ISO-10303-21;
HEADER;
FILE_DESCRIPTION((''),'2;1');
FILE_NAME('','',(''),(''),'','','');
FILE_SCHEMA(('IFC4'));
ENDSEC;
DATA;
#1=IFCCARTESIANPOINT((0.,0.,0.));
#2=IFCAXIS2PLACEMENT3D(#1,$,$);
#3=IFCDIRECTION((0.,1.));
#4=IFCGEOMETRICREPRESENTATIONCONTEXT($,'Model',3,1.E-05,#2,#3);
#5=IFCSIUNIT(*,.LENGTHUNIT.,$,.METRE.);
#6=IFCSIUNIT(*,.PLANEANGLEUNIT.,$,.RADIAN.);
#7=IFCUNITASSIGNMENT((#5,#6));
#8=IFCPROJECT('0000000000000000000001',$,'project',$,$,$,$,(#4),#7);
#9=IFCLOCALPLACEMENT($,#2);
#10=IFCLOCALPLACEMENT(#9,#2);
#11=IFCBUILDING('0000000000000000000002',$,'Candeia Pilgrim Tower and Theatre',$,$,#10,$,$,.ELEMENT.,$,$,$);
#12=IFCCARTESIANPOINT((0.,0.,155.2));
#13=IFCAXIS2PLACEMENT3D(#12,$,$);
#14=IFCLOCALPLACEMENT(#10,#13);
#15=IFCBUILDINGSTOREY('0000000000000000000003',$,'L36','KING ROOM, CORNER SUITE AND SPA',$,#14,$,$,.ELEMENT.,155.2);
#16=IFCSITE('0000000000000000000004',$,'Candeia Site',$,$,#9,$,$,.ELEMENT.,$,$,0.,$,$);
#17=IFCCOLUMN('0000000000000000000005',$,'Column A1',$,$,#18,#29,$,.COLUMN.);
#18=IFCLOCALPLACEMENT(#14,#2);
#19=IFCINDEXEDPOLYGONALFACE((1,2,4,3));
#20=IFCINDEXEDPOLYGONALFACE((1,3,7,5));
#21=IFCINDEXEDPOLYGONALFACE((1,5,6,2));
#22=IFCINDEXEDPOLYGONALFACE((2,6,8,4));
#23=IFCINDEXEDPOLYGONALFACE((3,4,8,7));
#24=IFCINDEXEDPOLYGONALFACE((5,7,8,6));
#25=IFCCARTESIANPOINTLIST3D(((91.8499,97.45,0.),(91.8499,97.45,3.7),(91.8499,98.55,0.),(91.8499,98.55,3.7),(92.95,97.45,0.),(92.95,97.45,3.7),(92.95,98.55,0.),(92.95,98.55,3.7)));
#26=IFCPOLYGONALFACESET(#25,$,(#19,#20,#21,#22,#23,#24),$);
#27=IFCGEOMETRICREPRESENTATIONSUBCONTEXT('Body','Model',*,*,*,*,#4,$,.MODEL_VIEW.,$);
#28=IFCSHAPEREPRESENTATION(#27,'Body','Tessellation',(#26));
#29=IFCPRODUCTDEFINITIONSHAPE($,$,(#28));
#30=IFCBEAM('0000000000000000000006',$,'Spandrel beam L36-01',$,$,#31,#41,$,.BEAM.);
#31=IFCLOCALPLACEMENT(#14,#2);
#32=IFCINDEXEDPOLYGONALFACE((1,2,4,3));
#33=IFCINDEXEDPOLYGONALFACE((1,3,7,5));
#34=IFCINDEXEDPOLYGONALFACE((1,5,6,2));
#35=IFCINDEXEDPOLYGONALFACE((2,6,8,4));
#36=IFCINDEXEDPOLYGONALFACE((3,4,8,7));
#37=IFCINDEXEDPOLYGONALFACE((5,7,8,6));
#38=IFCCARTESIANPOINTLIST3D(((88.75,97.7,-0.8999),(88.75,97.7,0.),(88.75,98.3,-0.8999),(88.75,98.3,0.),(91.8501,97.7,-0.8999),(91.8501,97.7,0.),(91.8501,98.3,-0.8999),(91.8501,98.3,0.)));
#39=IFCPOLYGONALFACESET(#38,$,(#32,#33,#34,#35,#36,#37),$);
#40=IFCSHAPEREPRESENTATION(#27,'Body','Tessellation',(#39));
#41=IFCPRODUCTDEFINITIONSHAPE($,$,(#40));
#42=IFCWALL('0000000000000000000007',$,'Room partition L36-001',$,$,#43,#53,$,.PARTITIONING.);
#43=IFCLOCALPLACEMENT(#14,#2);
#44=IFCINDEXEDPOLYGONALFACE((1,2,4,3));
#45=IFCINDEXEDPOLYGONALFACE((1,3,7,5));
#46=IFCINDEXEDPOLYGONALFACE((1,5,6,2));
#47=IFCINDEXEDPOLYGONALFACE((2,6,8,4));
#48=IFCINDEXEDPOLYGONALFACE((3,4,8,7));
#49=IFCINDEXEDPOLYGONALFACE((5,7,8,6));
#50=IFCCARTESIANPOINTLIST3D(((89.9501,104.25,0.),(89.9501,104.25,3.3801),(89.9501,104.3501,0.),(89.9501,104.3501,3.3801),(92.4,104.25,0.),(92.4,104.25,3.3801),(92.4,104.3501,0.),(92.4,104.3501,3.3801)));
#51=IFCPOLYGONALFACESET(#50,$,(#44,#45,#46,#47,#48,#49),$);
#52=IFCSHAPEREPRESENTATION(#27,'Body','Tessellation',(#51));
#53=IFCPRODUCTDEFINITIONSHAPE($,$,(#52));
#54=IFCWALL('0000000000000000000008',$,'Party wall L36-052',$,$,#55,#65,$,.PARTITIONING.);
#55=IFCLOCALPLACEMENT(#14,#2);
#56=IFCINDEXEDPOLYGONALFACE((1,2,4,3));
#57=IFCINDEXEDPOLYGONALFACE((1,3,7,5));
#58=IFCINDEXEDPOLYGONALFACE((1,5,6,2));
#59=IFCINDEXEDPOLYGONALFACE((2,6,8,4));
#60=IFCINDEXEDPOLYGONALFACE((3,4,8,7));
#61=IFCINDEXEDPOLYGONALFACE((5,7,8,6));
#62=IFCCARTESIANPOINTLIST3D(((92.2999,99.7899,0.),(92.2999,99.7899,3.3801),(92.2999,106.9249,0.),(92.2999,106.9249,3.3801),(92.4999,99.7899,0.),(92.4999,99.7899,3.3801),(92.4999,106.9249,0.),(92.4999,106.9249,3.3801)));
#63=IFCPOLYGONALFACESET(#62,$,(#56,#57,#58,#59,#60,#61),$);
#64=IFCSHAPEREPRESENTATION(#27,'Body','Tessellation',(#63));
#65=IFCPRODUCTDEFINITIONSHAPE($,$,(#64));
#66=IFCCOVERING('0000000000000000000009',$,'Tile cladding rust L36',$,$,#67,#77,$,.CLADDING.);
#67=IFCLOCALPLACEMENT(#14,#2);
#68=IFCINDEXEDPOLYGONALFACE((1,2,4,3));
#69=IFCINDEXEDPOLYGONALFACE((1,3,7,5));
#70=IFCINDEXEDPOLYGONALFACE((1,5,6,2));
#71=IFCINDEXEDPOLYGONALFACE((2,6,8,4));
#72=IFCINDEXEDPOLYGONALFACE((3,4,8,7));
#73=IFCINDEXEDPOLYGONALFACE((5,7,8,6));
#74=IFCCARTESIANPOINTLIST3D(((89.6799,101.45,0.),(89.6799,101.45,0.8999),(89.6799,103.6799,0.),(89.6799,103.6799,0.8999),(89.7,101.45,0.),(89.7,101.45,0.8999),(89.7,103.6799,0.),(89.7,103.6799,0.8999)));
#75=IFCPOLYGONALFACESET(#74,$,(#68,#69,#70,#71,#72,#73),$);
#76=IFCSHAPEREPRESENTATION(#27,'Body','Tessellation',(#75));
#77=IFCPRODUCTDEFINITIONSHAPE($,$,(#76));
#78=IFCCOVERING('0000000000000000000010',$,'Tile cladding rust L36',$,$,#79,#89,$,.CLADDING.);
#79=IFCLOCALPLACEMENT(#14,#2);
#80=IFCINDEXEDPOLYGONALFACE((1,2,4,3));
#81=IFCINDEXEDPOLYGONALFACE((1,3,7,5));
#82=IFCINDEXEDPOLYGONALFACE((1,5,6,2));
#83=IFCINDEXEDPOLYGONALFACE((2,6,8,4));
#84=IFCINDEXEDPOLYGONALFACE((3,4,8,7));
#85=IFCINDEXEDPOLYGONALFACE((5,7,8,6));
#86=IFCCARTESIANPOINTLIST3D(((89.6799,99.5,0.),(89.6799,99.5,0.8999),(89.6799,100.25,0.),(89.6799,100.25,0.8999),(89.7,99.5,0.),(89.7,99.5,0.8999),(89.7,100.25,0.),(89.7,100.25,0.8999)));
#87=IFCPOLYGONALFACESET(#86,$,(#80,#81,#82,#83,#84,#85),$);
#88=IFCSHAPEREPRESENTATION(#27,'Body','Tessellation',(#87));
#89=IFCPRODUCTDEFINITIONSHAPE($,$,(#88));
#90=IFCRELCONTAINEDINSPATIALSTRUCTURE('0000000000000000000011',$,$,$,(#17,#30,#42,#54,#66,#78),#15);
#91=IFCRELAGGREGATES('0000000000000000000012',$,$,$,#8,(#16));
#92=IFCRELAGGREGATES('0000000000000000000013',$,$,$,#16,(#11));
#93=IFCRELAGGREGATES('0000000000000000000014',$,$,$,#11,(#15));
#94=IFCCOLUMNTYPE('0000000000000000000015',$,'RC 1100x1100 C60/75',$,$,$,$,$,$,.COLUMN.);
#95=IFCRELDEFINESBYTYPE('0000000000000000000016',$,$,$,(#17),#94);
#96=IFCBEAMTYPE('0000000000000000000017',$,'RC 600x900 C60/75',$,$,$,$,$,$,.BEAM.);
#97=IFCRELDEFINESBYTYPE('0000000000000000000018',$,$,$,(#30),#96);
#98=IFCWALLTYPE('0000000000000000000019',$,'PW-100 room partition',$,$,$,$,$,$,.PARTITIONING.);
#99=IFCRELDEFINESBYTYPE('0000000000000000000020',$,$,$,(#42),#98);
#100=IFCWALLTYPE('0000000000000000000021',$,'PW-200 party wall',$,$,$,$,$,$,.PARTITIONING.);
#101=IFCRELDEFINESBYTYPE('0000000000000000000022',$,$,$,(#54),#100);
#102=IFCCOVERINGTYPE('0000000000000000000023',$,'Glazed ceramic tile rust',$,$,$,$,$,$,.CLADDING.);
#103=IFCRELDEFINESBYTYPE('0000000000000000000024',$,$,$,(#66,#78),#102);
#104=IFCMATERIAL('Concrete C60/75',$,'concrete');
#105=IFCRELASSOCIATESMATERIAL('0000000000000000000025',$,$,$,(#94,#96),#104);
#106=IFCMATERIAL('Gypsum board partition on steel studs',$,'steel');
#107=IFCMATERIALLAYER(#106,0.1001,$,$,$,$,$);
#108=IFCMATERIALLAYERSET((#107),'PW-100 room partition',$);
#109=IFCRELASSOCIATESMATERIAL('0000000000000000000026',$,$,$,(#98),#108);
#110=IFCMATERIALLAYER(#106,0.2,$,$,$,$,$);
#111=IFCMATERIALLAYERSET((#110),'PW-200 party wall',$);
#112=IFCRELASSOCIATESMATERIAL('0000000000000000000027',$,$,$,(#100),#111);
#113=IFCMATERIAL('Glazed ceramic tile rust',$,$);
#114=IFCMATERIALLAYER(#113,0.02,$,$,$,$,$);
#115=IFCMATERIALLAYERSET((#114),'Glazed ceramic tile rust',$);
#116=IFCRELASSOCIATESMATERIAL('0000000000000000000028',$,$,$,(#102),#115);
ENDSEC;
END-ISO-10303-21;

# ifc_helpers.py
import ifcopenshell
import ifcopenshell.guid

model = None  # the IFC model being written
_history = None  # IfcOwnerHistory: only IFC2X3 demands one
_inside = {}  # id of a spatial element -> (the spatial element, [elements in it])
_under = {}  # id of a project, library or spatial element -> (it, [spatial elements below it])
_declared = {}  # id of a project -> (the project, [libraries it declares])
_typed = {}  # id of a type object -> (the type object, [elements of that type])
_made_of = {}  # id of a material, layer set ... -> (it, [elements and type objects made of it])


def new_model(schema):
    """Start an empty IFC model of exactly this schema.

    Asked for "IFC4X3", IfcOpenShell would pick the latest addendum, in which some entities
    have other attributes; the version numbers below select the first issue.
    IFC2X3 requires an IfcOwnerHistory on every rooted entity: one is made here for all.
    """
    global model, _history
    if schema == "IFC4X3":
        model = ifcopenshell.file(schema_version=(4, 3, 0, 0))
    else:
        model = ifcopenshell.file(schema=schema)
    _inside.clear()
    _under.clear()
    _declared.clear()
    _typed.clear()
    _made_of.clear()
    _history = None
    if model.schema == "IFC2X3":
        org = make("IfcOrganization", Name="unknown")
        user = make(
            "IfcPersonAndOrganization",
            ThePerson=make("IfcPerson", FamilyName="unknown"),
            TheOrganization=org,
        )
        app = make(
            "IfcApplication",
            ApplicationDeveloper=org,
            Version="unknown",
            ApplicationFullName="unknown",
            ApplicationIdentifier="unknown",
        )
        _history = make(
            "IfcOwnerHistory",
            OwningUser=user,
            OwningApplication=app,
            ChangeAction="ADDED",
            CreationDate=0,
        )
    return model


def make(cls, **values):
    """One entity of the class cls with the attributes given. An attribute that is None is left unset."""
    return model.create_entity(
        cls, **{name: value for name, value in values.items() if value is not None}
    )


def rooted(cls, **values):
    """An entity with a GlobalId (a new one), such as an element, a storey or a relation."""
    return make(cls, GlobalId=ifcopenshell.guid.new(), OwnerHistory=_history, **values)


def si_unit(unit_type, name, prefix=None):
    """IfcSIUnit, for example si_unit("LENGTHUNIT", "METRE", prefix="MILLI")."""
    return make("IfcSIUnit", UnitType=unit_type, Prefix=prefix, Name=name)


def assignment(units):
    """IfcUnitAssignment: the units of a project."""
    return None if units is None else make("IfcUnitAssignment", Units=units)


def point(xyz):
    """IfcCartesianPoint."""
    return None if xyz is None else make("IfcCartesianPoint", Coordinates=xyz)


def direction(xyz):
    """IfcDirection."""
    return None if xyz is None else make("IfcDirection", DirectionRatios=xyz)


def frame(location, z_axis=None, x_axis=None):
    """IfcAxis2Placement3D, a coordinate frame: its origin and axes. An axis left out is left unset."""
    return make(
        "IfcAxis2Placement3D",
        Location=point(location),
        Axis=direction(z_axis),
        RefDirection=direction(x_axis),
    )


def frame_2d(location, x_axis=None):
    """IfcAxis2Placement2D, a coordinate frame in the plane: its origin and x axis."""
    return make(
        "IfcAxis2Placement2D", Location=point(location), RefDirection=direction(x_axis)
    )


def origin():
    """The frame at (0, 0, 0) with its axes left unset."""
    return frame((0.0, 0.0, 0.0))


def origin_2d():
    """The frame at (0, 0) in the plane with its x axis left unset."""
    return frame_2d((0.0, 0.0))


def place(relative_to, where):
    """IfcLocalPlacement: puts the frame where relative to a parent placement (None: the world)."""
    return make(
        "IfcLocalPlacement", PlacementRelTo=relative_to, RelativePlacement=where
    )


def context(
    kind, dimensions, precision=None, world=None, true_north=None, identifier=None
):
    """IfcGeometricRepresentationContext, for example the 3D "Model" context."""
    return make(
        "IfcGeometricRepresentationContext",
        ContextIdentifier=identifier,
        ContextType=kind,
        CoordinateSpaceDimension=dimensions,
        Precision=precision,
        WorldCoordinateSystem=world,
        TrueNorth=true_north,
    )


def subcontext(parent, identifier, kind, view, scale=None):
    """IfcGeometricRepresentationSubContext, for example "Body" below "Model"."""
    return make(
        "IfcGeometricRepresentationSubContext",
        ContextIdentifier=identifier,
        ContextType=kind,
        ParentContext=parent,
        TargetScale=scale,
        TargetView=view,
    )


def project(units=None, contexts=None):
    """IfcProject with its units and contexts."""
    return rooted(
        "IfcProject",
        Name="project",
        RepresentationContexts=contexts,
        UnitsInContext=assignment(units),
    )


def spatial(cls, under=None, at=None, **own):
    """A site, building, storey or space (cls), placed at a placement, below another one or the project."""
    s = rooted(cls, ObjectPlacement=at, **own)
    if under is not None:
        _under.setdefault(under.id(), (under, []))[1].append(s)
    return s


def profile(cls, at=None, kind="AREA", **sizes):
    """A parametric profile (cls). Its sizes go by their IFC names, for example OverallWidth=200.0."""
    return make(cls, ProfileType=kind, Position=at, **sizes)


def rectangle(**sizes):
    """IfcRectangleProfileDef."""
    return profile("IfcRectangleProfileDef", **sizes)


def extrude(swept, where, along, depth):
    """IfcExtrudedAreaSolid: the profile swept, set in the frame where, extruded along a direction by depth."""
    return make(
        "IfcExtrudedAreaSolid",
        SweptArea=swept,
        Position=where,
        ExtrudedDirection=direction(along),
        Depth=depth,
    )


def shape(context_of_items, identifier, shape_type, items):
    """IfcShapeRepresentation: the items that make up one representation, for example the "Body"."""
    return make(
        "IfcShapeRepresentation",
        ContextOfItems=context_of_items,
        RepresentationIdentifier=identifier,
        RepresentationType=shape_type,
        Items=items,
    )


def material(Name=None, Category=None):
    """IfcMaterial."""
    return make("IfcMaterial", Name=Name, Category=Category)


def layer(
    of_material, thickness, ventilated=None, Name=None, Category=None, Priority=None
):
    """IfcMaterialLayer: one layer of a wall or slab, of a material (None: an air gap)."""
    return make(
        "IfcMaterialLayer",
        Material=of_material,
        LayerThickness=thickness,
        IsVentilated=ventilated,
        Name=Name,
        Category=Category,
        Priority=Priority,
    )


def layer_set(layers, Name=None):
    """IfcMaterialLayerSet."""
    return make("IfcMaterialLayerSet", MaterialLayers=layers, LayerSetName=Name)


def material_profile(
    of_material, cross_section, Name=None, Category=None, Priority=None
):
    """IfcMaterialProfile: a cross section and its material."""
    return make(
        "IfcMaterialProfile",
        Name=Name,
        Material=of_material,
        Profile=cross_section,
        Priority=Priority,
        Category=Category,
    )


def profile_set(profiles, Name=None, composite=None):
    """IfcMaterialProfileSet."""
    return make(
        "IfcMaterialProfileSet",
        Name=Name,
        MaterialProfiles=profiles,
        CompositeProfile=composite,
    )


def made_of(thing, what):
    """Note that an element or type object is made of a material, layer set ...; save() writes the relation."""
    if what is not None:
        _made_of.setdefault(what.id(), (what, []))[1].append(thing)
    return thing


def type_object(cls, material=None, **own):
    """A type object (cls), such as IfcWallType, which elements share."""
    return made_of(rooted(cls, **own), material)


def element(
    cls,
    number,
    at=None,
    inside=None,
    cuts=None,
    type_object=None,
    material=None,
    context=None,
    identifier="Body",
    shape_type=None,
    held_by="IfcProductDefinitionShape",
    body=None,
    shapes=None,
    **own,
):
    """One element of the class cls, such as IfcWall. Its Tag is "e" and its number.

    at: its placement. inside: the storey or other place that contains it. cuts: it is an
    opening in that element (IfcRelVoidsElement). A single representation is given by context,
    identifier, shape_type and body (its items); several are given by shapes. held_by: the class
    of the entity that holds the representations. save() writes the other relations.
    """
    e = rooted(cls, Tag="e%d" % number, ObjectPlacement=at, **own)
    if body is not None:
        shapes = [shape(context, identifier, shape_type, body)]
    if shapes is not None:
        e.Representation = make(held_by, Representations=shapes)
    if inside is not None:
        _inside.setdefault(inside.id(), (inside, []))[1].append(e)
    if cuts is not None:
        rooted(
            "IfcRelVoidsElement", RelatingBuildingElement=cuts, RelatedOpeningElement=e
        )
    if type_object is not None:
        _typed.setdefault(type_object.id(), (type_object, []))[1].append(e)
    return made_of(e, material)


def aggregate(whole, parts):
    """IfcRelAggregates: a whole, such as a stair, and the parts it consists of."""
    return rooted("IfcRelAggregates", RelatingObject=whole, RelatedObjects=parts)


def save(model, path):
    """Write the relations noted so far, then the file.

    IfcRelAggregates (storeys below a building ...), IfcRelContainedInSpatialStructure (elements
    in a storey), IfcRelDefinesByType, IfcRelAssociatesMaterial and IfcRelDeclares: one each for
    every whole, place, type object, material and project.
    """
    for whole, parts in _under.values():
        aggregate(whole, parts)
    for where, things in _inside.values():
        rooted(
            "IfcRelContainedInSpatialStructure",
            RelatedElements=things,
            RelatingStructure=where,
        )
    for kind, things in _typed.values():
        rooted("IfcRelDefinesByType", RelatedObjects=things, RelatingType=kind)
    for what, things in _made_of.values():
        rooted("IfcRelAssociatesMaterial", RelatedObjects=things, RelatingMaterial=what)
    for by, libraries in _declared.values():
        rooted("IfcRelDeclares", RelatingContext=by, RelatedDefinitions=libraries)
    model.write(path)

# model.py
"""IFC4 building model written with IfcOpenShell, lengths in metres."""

from ifc_helpers import new_model, si_unit, direction, frame, frame_2d, origin, origin_2d, place, context, subcontext, project, spatial, rectangle, extrude, material, layer, layer_set, material_profile, profile_set, type_object, element, save


model = new_model("IFC4")

# Units and contexts
model_context = context("Model", 3, precision=1e-05, world=origin(), true_north=direction((0.0, 1.0)))
body_context = subcontext(model_context, "Body", "Model", "MODEL_VIEW")
ifc_project = project(units=[si_unit("LENGTHUNIT", "METRE"), si_unit("PLANEANGLEUNIT", "RADIAN")], contexts=[model_context])

# Site, building, storey
site_placement = place(None, origin())
site = spatial("IfcSite", under=ifc_project, at=site_placement, Name="Candeia Site", CompositionType="ELEMENT", RefElevation=0.0)
building_placement = place(site_placement, origin())
building = spatial("IfcBuilding", under=site, at=building_placement, Name="Candeia Pilgrim Tower and Theatre", CompositionType="ELEMENT")
storey_placement = place(building_placement, frame((0.0, 0.0, 155.2)))
storey = spatial("IfcBuildingStorey", under=building, at=storey_placement, Name="L36", Description="KING ROOM, CORNER SUITE AND SPA", CompositionType="ELEMENT", Elevation=155.2)

# Column
ifc_material_1 = material(Name="Concrete C60/75", Category="concrete")
ifc_material_profile_1 = material_profile(ifc_material_1, rectangle(XDim=1.1001, YDim=1.1001, at=origin_2d()))
ifc_profile_set_1 = profile_set([ifc_material_profile_1], Name="Concrete C60/75")
column_type = type_object("IfcColumnType", Name="RC 1100x1100 C60/75", PredefinedType="COLUMN", material=ifc_profile_set_1)
column_placement = place(storey_placement, frame((92.3999, 98.0, 0.0), z_axis=(0.0, 0.0, 1.0), x_axis=(1.0, 0.0, 0.0)))
element("IfcColumn", 1, at=column_placement, inside=storey, type_object=column_type, Name="Column A1", PredefinedType="COLUMN", context=body_context, shape_type="SweptSolid", body=[
    extrude(rectangle(XDim=1.1001, YDim=1.1001, at=origin_2d()), origin(), (0.0, 0.0, 1.0), 3.7),
])

# Beam
ifc_material_profile_2 = material_profile(ifc_material_1, rectangle(XDim=0.6001, YDim=0.8999, at=origin_2d()))
ifc_profile_set_2 = profile_set([ifc_material_profile_2], Name="Concrete C60/75")
beam_type = type_object("IfcBeamType", Name="RC 600x900 C60/75", PredefinedType="BEAM", material=ifc_profile_set_2)
beam_placement = place(storey_placement, frame((88.75, 98.0, -0.45), z_axis=(1.0, 0.0, 0.0), x_axis=(0.0, 1.0, 0.0)))
element("IfcBeam", 2, at=beam_placement, inside=storey, type_object=beam_type, Name="Spandrel beam L36-01", PredefinedType="BEAM", context=body_context, shape_type="SweptSolid", body=[
    extrude(rectangle(XDim=0.6001, YDim=0.8999, at=origin_2d()), origin(), (0.0, 0.0, 1.0), 3.1001),
])

# Walls
ifc_material_2 = material(Name="Gypsum board partition on steel studs", Category="steel")
ifc_layer_1 = layer(ifc_material_2, 0.1001)
ifc_layer_set_1 = layer_set([ifc_layer_1], Name="PW-100 room partition")
wall_type_1 = type_object("IfcWallType", Name="PW-100 room partition", PredefinedType="PARTITIONING", material=ifc_layer_set_1)
wall_1_placement = place(storey_placement, frame((89.95, 104.3, 0.0), z_axis=(0.0, 0.0, 1.0), x_axis=(1.0, 0.0, 0.0)))
element("IfcWall", 3, at=wall_1_placement, inside=storey, type_object=wall_type_1, Name="Room partition L36-001", PredefinedType="PARTITIONING", context=body_context, shape_type="SweptSolid", body=[
    extrude(rectangle(XDim=2.45, YDim=0.1001, at=frame_2d((1.2251, 0.0))), origin(), (0.0, 0.0, 1.0), 3.3801),
])
ifc_layer_2 = layer(ifc_material_2, 0.2)
ifc_layer_set_2 = layer_set([ifc_layer_2], Name="PW-200 party wall")
wall_type_2 = type_object("IfcWallType", Name="PW-200 party wall", PredefinedType="PARTITIONING", material=ifc_layer_set_2)
wall_2_placement = place(storey_placement, frame((92.3999, 99.79, 0.0), z_axis=(0.0, 0.0, 1.0), x_axis=(0.0, 1.0, 0.0)))
element("IfcWall", 4, at=wall_2_placement, inside=storey, type_object=wall_type_2, Name="Party wall L36-052", PredefinedType="PARTITIONING", context=body_context, shape_type="SweptSolid", body=[
    extrude(rectangle(XDim=7.135, YDim=0.2, at=frame_2d((3.5674, 0.0))), origin(), (0.0, 0.0, 1.0), 3.3801),
])

# Coverings
ifc_material_3 = material(Name="Glazed ceramic tile rust")
ifc_layer_3 = layer(ifc_material_3, 0.02)
ifc_layer_set_3 = layer_set([ifc_layer_3], Name="Glazed ceramic tile rust")
covering_type = type_object("IfcCoveringType", Name="Glazed ceramic tile rust", PredefinedType="CLADDING", material=ifc_layer_set_3)
covering_1_placement = place(storey_placement, frame((89.6899, 102.5649, 0.0), z_axis=(0.0, 0.0, 1.0), x_axis=(0.0, -1.0, 0.0)))
element("IfcCovering", 5, at=covering_1_placement, inside=storey, type_object=covering_type, Name="Tile cladding rust L36", PredefinedType="CLADDING", context=body_context, shape_type="SweptSolid", body=[
    extrude(rectangle(XDim=2.23, YDim=0.02, at=origin_2d()), origin(), (0.0, 0.0, 1.0), 0.8999),
])
covering_2_placement = place(storey_placement, frame((89.6899, 99.875, 0.0), z_axis=(0.0, 0.0, 1.0), x_axis=(0.0, -1.0, 0.0)))
element("IfcCovering", 6, at=covering_2_placement, inside=storey, type_object=covering_type, Name="Tile cladding rust L36", PredefinedType="CLADDING", context=body_context, shape_type="SweptSolid", body=[
    extrude(rectangle(XDim=0.75, YDim=0.02, at=origin_2d()), origin(), (0.0, 0.0, 1.0), 0.8999),
])

save(model, "model.ifc")
